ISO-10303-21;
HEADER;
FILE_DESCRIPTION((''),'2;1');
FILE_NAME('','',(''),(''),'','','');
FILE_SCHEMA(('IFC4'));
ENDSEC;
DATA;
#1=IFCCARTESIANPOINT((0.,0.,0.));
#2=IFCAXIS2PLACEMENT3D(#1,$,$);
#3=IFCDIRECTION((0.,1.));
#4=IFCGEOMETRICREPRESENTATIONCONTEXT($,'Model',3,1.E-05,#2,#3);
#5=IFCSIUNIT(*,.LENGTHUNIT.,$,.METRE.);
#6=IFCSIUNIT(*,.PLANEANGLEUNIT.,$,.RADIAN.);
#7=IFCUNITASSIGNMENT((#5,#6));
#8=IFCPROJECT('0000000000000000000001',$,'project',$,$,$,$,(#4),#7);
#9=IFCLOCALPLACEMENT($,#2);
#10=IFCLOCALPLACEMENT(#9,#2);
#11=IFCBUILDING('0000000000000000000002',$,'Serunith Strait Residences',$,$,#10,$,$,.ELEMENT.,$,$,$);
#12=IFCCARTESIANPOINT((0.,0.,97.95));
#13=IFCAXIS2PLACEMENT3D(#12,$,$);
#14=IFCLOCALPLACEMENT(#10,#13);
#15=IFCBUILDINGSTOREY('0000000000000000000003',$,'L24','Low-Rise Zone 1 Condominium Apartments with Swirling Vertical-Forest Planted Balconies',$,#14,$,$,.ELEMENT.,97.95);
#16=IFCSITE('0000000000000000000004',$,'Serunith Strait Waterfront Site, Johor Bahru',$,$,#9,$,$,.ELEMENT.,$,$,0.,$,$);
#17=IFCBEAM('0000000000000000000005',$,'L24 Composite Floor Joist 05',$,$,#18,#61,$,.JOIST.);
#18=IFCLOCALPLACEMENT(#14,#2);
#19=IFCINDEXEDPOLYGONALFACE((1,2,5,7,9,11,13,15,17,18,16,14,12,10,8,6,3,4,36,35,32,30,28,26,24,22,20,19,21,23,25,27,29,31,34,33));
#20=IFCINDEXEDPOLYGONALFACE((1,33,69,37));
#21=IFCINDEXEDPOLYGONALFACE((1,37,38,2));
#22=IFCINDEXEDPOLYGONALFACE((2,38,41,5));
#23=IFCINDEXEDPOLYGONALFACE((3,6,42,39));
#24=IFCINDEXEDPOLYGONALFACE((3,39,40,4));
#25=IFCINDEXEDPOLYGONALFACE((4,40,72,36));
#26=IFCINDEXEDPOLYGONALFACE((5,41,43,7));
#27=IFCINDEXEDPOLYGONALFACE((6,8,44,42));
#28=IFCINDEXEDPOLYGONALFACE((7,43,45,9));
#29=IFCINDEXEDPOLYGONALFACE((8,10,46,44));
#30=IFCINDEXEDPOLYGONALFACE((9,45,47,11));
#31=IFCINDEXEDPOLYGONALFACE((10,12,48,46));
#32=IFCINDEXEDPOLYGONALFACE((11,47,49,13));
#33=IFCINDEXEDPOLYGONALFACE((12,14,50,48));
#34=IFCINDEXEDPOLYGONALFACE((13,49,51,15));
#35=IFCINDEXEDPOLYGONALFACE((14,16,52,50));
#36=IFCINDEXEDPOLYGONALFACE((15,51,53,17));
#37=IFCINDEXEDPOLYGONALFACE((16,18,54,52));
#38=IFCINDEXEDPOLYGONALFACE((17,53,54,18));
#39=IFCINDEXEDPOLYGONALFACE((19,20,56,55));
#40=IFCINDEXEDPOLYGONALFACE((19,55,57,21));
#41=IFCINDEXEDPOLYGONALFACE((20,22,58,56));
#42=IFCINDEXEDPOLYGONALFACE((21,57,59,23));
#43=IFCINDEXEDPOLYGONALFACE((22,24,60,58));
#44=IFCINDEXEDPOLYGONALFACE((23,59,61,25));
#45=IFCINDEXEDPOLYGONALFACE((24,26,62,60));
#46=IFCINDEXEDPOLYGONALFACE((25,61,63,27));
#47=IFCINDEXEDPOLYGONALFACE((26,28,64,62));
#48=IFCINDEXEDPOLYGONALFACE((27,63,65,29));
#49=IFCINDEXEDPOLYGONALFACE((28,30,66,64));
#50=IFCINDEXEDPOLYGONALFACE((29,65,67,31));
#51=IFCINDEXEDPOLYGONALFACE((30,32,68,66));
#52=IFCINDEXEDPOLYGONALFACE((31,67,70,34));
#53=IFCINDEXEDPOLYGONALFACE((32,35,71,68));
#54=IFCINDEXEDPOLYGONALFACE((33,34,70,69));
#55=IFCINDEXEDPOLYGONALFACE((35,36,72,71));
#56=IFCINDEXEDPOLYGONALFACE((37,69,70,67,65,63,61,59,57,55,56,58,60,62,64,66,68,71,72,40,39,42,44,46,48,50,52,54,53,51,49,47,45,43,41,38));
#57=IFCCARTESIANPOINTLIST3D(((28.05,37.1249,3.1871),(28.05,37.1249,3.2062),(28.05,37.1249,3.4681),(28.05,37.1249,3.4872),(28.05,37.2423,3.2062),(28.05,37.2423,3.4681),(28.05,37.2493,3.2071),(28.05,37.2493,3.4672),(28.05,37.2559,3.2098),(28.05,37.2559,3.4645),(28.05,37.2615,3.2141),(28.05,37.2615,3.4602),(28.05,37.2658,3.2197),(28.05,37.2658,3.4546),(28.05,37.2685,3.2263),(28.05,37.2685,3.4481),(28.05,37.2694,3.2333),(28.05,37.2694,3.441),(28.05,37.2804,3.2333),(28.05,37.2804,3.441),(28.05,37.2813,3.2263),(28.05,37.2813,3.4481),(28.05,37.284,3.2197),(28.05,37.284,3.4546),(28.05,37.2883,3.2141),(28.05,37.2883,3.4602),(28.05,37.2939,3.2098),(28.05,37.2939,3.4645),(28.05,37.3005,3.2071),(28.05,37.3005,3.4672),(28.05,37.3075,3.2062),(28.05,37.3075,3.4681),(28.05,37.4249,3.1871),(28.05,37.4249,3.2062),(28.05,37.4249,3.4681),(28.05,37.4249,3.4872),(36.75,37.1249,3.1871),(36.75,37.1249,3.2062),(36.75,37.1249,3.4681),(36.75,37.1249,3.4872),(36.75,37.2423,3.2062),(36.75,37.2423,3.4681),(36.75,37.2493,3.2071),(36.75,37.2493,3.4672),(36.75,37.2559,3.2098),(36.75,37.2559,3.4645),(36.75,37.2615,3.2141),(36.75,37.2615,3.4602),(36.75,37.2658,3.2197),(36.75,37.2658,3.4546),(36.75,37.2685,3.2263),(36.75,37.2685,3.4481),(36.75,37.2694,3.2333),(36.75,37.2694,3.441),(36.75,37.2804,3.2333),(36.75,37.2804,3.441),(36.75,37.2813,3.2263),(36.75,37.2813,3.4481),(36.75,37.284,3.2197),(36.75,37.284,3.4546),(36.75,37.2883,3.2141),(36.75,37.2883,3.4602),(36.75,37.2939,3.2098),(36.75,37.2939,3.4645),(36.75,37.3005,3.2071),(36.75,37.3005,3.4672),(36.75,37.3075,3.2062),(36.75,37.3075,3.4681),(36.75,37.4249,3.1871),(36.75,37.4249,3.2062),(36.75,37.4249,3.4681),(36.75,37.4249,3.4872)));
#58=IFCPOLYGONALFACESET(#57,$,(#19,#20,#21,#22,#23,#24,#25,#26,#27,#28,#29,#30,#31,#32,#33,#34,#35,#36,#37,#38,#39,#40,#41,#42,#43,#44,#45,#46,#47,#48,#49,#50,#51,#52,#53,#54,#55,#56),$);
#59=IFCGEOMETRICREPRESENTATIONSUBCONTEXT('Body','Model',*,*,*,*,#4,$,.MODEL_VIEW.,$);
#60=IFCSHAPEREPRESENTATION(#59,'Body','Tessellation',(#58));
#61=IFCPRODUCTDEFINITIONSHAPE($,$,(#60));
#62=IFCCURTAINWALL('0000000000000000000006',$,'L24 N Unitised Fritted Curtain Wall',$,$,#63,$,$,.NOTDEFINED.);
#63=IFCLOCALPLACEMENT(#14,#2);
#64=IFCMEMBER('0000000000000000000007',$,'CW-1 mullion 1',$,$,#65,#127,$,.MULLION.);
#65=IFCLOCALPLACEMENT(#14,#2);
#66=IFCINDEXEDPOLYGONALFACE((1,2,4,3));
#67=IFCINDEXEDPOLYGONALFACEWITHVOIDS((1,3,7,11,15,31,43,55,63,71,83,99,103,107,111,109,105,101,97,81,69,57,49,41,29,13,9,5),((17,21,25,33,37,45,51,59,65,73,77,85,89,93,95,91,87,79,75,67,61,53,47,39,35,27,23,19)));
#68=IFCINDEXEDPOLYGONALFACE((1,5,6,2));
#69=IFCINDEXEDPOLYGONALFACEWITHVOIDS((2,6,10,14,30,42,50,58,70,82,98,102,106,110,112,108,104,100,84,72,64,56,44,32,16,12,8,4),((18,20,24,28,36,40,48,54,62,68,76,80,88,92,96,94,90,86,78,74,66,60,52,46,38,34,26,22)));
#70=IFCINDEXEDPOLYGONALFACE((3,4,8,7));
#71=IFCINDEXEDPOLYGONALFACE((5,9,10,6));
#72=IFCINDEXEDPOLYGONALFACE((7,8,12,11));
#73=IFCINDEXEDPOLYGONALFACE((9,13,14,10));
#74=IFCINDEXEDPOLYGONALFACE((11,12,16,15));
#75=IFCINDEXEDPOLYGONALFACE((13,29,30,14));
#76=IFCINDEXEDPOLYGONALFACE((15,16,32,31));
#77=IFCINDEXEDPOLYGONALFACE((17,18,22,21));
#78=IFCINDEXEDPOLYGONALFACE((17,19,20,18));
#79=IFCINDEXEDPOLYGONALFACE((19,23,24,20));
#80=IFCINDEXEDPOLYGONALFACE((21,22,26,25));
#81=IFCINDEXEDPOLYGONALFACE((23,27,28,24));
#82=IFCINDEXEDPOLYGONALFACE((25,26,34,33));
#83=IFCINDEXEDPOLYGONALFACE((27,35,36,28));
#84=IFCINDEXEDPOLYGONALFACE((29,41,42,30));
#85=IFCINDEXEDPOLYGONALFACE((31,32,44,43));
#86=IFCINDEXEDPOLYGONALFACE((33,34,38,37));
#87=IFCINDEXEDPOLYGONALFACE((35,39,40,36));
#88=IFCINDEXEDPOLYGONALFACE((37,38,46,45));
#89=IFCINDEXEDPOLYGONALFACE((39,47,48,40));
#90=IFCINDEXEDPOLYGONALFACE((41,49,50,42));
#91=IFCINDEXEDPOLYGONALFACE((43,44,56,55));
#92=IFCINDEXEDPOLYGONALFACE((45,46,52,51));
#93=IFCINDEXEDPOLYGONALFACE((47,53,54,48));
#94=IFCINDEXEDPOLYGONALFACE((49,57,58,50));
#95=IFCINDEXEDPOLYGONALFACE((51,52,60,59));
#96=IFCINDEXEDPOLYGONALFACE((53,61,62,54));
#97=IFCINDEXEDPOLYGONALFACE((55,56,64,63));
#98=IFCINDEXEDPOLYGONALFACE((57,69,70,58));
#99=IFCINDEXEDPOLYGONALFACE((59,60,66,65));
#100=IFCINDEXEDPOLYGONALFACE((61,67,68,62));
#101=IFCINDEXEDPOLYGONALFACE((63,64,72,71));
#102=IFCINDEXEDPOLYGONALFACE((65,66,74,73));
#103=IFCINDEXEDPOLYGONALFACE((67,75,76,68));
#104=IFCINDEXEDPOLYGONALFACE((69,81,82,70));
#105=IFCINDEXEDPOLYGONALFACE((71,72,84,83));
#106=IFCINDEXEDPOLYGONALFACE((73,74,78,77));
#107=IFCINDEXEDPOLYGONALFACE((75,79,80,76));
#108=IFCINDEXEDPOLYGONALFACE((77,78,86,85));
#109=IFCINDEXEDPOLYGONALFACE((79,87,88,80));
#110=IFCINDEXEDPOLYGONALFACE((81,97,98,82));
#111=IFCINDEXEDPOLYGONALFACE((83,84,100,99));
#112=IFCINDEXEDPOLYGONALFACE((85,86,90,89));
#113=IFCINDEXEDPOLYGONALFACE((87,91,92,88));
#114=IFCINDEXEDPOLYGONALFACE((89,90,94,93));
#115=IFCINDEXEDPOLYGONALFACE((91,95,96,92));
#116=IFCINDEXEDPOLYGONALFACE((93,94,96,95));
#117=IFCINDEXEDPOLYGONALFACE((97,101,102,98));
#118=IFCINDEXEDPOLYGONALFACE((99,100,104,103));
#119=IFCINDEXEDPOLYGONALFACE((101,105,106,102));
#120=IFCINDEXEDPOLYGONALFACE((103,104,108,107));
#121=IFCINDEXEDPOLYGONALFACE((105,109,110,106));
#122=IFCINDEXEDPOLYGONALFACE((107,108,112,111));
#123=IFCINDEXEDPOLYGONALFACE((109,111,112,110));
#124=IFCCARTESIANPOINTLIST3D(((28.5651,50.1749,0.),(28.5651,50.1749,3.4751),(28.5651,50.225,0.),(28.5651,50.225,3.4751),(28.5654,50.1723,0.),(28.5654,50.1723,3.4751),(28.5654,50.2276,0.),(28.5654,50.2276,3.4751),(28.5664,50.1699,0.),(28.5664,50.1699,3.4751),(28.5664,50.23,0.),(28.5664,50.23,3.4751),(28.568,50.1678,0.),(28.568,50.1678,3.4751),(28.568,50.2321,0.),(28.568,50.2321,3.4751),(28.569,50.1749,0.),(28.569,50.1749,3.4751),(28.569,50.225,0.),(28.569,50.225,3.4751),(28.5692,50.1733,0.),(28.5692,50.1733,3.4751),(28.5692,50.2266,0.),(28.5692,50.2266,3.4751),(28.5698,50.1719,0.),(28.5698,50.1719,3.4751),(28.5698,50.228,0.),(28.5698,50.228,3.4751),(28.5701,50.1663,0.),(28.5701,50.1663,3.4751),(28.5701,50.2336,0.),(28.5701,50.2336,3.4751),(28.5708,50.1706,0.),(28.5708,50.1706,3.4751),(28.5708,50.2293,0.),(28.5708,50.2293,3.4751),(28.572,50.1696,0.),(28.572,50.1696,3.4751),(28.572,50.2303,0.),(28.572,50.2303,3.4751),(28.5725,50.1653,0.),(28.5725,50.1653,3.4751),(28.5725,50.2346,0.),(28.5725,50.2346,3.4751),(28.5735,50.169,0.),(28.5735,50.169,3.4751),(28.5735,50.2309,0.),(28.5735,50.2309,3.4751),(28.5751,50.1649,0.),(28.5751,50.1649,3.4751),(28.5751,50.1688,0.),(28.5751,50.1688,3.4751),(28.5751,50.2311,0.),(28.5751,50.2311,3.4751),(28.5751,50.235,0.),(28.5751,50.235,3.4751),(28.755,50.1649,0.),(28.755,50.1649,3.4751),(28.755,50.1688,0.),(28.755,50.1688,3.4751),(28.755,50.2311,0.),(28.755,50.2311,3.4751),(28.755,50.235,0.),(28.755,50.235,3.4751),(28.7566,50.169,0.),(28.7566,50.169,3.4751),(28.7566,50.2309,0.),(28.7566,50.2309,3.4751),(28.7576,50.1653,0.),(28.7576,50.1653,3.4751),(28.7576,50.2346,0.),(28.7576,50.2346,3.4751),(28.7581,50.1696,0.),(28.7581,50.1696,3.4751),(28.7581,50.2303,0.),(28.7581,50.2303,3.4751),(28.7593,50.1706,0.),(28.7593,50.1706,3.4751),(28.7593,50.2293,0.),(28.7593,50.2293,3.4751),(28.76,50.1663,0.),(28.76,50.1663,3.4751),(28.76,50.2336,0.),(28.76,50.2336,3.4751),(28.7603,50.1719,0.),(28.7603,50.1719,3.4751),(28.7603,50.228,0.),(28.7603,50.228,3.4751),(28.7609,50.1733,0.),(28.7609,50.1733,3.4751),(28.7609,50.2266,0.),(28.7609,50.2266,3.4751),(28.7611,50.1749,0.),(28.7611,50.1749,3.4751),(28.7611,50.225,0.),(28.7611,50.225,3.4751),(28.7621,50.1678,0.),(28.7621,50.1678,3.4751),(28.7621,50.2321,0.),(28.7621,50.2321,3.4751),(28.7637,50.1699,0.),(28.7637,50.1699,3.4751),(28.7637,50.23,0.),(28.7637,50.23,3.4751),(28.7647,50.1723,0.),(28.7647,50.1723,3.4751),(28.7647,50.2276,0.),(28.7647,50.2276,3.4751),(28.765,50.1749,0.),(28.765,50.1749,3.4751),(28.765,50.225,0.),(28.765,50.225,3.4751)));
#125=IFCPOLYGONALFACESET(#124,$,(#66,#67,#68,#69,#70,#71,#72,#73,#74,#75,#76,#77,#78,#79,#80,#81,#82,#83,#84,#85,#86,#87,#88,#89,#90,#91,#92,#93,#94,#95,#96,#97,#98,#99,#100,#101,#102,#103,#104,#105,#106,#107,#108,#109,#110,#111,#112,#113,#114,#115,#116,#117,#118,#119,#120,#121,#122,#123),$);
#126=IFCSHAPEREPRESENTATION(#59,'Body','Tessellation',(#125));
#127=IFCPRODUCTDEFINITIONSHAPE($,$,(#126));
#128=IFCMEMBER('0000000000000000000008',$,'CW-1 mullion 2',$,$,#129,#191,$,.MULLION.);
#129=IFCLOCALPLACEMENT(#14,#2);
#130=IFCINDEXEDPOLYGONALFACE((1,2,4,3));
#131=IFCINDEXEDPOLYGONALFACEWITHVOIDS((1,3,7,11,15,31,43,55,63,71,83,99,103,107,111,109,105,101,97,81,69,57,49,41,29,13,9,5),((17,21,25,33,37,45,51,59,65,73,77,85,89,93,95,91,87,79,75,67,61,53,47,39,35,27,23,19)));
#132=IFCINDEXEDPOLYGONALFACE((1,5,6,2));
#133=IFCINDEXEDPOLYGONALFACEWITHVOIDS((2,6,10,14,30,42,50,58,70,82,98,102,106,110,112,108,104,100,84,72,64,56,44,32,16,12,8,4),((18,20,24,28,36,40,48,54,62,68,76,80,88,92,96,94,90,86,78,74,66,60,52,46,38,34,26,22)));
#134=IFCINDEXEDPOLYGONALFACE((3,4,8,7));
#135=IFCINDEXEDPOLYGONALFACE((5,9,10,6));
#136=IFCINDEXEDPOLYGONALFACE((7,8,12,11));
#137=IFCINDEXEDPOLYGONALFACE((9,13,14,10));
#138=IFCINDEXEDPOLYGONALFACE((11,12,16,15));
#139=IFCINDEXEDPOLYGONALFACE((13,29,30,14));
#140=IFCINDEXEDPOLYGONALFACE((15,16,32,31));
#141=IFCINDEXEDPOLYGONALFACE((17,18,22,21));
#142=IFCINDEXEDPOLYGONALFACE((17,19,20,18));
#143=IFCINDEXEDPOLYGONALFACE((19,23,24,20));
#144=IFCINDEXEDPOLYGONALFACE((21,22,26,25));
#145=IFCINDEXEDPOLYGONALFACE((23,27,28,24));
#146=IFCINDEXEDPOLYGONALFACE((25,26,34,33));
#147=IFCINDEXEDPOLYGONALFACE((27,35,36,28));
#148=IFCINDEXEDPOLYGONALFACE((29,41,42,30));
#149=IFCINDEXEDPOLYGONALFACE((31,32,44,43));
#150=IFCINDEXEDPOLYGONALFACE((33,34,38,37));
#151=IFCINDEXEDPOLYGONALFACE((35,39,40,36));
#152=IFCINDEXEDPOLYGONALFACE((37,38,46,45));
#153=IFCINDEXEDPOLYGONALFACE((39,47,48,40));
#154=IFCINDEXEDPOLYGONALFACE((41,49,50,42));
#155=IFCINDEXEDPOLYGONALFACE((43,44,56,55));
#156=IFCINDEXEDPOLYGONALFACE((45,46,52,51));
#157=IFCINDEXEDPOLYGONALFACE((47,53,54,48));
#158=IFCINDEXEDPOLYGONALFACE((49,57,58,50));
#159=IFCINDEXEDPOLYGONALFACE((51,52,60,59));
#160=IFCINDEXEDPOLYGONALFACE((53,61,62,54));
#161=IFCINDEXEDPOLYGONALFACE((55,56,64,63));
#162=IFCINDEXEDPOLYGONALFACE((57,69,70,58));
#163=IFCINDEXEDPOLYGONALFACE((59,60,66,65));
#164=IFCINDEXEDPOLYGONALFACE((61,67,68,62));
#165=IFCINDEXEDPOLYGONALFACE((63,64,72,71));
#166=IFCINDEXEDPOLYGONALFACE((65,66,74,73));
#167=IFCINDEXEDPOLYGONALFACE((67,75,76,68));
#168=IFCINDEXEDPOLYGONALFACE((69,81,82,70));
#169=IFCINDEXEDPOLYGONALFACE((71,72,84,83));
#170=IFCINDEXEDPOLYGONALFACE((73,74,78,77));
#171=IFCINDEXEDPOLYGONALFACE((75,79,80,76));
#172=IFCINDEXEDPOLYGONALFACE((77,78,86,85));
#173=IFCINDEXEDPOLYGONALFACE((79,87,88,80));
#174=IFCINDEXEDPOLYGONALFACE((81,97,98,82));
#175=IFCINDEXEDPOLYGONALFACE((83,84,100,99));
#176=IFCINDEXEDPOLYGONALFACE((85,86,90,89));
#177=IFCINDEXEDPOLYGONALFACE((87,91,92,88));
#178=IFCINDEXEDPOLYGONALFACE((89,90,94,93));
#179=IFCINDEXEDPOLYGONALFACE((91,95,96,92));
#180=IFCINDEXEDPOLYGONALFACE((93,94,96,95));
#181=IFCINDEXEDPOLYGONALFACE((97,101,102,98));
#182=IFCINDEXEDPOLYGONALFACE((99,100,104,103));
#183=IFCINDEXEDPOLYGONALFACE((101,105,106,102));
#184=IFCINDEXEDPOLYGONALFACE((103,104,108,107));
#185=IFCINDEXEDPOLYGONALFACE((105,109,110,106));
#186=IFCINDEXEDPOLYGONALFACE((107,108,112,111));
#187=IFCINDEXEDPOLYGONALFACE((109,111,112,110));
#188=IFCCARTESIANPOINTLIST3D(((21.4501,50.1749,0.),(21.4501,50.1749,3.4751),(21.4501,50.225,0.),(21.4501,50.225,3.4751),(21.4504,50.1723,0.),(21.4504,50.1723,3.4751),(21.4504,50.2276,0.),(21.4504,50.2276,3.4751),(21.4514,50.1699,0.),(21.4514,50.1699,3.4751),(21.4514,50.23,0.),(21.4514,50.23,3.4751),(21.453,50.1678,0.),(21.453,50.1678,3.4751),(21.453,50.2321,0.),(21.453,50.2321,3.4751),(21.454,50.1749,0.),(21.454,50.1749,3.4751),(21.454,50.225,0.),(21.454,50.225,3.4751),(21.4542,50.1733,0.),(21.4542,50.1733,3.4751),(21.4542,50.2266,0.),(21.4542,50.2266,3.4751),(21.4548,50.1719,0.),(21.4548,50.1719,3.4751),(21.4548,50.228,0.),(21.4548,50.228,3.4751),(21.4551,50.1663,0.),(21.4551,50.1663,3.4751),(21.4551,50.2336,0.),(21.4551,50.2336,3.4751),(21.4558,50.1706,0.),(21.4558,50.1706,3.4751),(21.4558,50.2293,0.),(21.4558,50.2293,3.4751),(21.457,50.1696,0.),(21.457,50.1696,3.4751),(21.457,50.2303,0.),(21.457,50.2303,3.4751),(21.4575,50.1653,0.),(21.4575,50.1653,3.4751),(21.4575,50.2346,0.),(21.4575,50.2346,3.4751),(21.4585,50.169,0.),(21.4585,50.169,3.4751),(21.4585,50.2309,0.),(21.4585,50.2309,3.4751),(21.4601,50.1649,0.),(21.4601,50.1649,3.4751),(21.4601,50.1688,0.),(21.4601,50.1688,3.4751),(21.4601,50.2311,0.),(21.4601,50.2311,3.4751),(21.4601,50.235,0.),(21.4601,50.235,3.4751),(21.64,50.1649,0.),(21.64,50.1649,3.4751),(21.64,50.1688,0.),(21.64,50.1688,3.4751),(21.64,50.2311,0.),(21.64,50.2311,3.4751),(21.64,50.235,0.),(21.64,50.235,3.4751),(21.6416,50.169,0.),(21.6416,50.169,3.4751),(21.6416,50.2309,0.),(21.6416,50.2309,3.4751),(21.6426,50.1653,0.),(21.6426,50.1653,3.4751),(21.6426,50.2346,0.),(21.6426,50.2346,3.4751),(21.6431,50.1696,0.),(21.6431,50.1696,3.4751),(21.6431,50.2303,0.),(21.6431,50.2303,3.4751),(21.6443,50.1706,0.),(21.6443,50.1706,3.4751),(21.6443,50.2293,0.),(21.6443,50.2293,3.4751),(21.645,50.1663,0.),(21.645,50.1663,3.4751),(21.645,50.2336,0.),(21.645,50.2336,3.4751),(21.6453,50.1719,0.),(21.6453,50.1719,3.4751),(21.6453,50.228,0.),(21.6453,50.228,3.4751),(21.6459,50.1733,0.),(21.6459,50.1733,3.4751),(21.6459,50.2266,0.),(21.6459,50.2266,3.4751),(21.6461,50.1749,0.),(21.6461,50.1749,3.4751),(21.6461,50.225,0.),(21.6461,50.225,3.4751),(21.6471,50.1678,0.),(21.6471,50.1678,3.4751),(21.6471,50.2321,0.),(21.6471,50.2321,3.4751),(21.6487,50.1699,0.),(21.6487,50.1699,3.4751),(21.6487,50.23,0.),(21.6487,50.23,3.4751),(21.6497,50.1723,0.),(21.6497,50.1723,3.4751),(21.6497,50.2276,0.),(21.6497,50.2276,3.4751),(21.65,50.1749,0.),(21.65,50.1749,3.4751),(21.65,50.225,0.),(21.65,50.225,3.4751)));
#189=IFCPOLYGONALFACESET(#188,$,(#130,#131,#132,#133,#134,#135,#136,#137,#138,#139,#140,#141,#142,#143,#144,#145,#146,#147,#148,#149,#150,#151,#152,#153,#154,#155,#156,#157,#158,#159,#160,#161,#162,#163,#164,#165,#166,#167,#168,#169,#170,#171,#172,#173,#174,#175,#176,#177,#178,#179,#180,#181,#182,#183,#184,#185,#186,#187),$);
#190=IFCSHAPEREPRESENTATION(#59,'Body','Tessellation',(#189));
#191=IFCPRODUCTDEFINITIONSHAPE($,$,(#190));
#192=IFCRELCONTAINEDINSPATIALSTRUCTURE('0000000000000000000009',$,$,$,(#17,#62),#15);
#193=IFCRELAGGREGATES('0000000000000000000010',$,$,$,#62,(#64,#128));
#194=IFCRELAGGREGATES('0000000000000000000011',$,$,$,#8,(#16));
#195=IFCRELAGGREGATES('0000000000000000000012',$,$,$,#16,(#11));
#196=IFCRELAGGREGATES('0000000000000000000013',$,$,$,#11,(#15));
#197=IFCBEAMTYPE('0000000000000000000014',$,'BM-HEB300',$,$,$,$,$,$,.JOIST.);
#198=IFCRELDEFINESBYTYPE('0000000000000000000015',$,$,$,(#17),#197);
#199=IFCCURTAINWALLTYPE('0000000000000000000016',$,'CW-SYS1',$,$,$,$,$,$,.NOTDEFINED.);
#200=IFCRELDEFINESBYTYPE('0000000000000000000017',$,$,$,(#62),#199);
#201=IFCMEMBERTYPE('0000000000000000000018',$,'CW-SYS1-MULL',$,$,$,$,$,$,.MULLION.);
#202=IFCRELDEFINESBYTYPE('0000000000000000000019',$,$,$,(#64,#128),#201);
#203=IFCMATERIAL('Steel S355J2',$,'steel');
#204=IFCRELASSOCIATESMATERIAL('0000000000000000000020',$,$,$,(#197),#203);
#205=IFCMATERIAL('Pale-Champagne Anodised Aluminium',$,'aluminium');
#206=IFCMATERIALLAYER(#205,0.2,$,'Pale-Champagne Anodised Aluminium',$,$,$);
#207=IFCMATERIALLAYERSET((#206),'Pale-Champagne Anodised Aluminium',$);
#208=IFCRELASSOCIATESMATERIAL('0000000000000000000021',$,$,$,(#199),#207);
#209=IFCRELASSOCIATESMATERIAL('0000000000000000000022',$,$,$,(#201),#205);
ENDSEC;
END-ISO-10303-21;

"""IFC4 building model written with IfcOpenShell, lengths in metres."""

from ifc_helpers import new_model, si_unit, direction, frame, origin, origin_2d, place, context, subcontext, project, spatial, hollow_rectangle, i_section, extrude, source, transform, mapped, material, layer, layer_set, material_profile, profile_set, type_object, element, aggregate, save


model = new_model("IFC4")

# Units and contexts
model_context = context("Model", 3, precision=1e-05, world=origin(), true_north=direction((0.0, 1.0)))
body_context = subcontext(model_context, "Body", "Model", "MODEL_VIEW")
ifc_project = project(units=[si_unit("LENGTHUNIT", "METRE"), si_unit("PLANEANGLEUNIT", "RADIAN")], contexts=[model_context])

# Site, building, storey
site_placement = place(None, origin())
site = spatial("IfcSite", under=ifc_project, at=site_placement, Name="Serunith Strait Waterfront Site, Johor Bahru", CompositionType="ELEMENT", RefElevation=0.0)
building_placement = place(site_placement, origin())
building = spatial("IfcBuilding", under=site, at=building_placement, Name="Serunith Strait Residences", CompositionType="ELEMENT")
storey_placement = place(building_placement, frame((0.0, 0.0, 97.95)))
storey = spatial("IfcBuildingStorey", under=building, at=storey_placement, Name="L24", Description="Low-Rise Zone 1 Condominium Apartments with Swirling Vertical-Forest Planted Balconies", CompositionType="ELEMENT", Elevation=97.95)

# Beam
ifc_material_1 = material(Name="Steel S355J2", Category="steel")
ifc_material_profile_1 = material_profile(ifc_material_1, i_section(OverallWidth=0.3, OverallDepth=0.3, WebThickness=0.011, FlangeThickness=0.019, FilletRadius=0.0271, at=origin_2d()), Name="HEB 300")
ifc_profile_set_1 = profile_set([ifc_material_profile_1], Name="Steel S355J2")
beam_type_1 = type_object("IfcBeamType", Name="BM-HEB300", PredefinedType="JOIST", material=ifc_profile_set_1)
shared_shape_1 = source(origin(), body_context, "Body", "SweptSolid", [
    extrude(i_section(OverallWidth=0.3, OverallDepth=0.3, WebThickness=0.011, FlangeThickness=0.019, FilletRadius=0.0271, at=origin_2d()), origin(), (0.0, 0.0, 1.0), 8.7),
])
beam_1_placement = place(storey_placement, frame((28.05, 37.2749, 3.3372), z_axis=(1.0, 0.0, 0.0), x_axis=(0.0, 1.0, 0.0)))
element("IfcBeam", 1, at=beam_1_placement, inside=storey, type_object=beam_type_1, Name="L24 Composite Floor Joist 05", PredefinedType="JOIST", context=body_context, shape_type="MappedRepresentation", body=[
    mapped(shared_shape_1, transform((0.0, 0.0, 0.0), scale=1.0)),
])

# Curtain wall, members
ifc_material_2 = material(Name="Pale-Champagne Anodised Aluminium", Category="aluminium")
ifc_layer_1 = layer(ifc_material_2, 0.2, Name="Pale-Champagne Anodised Aluminium")
ifc_layer_set_1 = layer_set([ifc_layer_1], Name="Pale-Champagne Anodised Aluminium")
curtain_wall_type = type_object("IfcCurtainWallType", Name="CW-SYS1", PredefinedType="NOTDEFINED", material=ifc_layer_set_1)
curtain_wall_placement = place(storey_placement, origin())
curtain_wall = element("IfcCurtainWall", 2, at=curtain_wall_placement, inside=storey, type_object=curtain_wall_type, Name="L24 N Unitised Fritted Curtain Wall", PredefinedType="NOTDEFINED")
ifc_material_profile_2 = material_profile(ifc_material_2, hollow_rectangle(XDim=0.0701, YDim=0.2, WallThickness=0.0039, InnerFilletRadius=0.0061, OuterFilletRadius=0.01, at=origin_2d()), Name="ALU 200x70x4")
ifc_profile_set_2 = profile_set([ifc_material_profile_2], Name="Pale-Champagne Anodised Aluminium")
member_type_1 = type_object("IfcMemberType", Name="CW-SYS1-MULL", PredefinedType="MULLION", material=ifc_profile_set_2)
shared_shape_2 = source(origin(), body_context, "Body", "SweptSolid", [
    extrude(hollow_rectangle(XDim=0.0701, YDim=0.2, WallThickness=0.0039, InnerFilletRadius=0.0061, OuterFilletRadius=0.01, at=origin_2d()), origin(), (0.0, 0.0, 1.0), 3.4751),
])
member_1_placement = place(storey_placement, frame((28.665, 50.2, 0.0), z_axis=(0.0, 0.0, 1.0), x_axis=(0.0, -1.0, 0.0)))
member_1 = element("IfcMember", 3, at=member_1_placement, type_object=member_type_1, Name="CW-1 mullion 1", PredefinedType="MULLION", context=body_context, shape_type="MappedRepresentation", body=[
    mapped(shared_shape_2, transform((0.0, 0.0, 0.0), scale=1.0)),
])
member_2_placement = place(storey_placement, frame((21.55, 50.2, 0.0), z_axis=(0.0, 0.0, 1.0), x_axis=(0.0, -1.0, 0.0)))
member_2 = element("IfcMember", 4, at=member_2_placement, type_object=member_type_1, Name="CW-1 mullion 2", PredefinedType="MULLION", context=body_context, shape_type="MappedRepresentation", body=[
    mapped(shared_shape_2, transform((0.0, 0.0, 0.0), scale=1.0)),
])
aggregate(curtain_wall, [member_1, member_2])

save(model, "model.ifc")
